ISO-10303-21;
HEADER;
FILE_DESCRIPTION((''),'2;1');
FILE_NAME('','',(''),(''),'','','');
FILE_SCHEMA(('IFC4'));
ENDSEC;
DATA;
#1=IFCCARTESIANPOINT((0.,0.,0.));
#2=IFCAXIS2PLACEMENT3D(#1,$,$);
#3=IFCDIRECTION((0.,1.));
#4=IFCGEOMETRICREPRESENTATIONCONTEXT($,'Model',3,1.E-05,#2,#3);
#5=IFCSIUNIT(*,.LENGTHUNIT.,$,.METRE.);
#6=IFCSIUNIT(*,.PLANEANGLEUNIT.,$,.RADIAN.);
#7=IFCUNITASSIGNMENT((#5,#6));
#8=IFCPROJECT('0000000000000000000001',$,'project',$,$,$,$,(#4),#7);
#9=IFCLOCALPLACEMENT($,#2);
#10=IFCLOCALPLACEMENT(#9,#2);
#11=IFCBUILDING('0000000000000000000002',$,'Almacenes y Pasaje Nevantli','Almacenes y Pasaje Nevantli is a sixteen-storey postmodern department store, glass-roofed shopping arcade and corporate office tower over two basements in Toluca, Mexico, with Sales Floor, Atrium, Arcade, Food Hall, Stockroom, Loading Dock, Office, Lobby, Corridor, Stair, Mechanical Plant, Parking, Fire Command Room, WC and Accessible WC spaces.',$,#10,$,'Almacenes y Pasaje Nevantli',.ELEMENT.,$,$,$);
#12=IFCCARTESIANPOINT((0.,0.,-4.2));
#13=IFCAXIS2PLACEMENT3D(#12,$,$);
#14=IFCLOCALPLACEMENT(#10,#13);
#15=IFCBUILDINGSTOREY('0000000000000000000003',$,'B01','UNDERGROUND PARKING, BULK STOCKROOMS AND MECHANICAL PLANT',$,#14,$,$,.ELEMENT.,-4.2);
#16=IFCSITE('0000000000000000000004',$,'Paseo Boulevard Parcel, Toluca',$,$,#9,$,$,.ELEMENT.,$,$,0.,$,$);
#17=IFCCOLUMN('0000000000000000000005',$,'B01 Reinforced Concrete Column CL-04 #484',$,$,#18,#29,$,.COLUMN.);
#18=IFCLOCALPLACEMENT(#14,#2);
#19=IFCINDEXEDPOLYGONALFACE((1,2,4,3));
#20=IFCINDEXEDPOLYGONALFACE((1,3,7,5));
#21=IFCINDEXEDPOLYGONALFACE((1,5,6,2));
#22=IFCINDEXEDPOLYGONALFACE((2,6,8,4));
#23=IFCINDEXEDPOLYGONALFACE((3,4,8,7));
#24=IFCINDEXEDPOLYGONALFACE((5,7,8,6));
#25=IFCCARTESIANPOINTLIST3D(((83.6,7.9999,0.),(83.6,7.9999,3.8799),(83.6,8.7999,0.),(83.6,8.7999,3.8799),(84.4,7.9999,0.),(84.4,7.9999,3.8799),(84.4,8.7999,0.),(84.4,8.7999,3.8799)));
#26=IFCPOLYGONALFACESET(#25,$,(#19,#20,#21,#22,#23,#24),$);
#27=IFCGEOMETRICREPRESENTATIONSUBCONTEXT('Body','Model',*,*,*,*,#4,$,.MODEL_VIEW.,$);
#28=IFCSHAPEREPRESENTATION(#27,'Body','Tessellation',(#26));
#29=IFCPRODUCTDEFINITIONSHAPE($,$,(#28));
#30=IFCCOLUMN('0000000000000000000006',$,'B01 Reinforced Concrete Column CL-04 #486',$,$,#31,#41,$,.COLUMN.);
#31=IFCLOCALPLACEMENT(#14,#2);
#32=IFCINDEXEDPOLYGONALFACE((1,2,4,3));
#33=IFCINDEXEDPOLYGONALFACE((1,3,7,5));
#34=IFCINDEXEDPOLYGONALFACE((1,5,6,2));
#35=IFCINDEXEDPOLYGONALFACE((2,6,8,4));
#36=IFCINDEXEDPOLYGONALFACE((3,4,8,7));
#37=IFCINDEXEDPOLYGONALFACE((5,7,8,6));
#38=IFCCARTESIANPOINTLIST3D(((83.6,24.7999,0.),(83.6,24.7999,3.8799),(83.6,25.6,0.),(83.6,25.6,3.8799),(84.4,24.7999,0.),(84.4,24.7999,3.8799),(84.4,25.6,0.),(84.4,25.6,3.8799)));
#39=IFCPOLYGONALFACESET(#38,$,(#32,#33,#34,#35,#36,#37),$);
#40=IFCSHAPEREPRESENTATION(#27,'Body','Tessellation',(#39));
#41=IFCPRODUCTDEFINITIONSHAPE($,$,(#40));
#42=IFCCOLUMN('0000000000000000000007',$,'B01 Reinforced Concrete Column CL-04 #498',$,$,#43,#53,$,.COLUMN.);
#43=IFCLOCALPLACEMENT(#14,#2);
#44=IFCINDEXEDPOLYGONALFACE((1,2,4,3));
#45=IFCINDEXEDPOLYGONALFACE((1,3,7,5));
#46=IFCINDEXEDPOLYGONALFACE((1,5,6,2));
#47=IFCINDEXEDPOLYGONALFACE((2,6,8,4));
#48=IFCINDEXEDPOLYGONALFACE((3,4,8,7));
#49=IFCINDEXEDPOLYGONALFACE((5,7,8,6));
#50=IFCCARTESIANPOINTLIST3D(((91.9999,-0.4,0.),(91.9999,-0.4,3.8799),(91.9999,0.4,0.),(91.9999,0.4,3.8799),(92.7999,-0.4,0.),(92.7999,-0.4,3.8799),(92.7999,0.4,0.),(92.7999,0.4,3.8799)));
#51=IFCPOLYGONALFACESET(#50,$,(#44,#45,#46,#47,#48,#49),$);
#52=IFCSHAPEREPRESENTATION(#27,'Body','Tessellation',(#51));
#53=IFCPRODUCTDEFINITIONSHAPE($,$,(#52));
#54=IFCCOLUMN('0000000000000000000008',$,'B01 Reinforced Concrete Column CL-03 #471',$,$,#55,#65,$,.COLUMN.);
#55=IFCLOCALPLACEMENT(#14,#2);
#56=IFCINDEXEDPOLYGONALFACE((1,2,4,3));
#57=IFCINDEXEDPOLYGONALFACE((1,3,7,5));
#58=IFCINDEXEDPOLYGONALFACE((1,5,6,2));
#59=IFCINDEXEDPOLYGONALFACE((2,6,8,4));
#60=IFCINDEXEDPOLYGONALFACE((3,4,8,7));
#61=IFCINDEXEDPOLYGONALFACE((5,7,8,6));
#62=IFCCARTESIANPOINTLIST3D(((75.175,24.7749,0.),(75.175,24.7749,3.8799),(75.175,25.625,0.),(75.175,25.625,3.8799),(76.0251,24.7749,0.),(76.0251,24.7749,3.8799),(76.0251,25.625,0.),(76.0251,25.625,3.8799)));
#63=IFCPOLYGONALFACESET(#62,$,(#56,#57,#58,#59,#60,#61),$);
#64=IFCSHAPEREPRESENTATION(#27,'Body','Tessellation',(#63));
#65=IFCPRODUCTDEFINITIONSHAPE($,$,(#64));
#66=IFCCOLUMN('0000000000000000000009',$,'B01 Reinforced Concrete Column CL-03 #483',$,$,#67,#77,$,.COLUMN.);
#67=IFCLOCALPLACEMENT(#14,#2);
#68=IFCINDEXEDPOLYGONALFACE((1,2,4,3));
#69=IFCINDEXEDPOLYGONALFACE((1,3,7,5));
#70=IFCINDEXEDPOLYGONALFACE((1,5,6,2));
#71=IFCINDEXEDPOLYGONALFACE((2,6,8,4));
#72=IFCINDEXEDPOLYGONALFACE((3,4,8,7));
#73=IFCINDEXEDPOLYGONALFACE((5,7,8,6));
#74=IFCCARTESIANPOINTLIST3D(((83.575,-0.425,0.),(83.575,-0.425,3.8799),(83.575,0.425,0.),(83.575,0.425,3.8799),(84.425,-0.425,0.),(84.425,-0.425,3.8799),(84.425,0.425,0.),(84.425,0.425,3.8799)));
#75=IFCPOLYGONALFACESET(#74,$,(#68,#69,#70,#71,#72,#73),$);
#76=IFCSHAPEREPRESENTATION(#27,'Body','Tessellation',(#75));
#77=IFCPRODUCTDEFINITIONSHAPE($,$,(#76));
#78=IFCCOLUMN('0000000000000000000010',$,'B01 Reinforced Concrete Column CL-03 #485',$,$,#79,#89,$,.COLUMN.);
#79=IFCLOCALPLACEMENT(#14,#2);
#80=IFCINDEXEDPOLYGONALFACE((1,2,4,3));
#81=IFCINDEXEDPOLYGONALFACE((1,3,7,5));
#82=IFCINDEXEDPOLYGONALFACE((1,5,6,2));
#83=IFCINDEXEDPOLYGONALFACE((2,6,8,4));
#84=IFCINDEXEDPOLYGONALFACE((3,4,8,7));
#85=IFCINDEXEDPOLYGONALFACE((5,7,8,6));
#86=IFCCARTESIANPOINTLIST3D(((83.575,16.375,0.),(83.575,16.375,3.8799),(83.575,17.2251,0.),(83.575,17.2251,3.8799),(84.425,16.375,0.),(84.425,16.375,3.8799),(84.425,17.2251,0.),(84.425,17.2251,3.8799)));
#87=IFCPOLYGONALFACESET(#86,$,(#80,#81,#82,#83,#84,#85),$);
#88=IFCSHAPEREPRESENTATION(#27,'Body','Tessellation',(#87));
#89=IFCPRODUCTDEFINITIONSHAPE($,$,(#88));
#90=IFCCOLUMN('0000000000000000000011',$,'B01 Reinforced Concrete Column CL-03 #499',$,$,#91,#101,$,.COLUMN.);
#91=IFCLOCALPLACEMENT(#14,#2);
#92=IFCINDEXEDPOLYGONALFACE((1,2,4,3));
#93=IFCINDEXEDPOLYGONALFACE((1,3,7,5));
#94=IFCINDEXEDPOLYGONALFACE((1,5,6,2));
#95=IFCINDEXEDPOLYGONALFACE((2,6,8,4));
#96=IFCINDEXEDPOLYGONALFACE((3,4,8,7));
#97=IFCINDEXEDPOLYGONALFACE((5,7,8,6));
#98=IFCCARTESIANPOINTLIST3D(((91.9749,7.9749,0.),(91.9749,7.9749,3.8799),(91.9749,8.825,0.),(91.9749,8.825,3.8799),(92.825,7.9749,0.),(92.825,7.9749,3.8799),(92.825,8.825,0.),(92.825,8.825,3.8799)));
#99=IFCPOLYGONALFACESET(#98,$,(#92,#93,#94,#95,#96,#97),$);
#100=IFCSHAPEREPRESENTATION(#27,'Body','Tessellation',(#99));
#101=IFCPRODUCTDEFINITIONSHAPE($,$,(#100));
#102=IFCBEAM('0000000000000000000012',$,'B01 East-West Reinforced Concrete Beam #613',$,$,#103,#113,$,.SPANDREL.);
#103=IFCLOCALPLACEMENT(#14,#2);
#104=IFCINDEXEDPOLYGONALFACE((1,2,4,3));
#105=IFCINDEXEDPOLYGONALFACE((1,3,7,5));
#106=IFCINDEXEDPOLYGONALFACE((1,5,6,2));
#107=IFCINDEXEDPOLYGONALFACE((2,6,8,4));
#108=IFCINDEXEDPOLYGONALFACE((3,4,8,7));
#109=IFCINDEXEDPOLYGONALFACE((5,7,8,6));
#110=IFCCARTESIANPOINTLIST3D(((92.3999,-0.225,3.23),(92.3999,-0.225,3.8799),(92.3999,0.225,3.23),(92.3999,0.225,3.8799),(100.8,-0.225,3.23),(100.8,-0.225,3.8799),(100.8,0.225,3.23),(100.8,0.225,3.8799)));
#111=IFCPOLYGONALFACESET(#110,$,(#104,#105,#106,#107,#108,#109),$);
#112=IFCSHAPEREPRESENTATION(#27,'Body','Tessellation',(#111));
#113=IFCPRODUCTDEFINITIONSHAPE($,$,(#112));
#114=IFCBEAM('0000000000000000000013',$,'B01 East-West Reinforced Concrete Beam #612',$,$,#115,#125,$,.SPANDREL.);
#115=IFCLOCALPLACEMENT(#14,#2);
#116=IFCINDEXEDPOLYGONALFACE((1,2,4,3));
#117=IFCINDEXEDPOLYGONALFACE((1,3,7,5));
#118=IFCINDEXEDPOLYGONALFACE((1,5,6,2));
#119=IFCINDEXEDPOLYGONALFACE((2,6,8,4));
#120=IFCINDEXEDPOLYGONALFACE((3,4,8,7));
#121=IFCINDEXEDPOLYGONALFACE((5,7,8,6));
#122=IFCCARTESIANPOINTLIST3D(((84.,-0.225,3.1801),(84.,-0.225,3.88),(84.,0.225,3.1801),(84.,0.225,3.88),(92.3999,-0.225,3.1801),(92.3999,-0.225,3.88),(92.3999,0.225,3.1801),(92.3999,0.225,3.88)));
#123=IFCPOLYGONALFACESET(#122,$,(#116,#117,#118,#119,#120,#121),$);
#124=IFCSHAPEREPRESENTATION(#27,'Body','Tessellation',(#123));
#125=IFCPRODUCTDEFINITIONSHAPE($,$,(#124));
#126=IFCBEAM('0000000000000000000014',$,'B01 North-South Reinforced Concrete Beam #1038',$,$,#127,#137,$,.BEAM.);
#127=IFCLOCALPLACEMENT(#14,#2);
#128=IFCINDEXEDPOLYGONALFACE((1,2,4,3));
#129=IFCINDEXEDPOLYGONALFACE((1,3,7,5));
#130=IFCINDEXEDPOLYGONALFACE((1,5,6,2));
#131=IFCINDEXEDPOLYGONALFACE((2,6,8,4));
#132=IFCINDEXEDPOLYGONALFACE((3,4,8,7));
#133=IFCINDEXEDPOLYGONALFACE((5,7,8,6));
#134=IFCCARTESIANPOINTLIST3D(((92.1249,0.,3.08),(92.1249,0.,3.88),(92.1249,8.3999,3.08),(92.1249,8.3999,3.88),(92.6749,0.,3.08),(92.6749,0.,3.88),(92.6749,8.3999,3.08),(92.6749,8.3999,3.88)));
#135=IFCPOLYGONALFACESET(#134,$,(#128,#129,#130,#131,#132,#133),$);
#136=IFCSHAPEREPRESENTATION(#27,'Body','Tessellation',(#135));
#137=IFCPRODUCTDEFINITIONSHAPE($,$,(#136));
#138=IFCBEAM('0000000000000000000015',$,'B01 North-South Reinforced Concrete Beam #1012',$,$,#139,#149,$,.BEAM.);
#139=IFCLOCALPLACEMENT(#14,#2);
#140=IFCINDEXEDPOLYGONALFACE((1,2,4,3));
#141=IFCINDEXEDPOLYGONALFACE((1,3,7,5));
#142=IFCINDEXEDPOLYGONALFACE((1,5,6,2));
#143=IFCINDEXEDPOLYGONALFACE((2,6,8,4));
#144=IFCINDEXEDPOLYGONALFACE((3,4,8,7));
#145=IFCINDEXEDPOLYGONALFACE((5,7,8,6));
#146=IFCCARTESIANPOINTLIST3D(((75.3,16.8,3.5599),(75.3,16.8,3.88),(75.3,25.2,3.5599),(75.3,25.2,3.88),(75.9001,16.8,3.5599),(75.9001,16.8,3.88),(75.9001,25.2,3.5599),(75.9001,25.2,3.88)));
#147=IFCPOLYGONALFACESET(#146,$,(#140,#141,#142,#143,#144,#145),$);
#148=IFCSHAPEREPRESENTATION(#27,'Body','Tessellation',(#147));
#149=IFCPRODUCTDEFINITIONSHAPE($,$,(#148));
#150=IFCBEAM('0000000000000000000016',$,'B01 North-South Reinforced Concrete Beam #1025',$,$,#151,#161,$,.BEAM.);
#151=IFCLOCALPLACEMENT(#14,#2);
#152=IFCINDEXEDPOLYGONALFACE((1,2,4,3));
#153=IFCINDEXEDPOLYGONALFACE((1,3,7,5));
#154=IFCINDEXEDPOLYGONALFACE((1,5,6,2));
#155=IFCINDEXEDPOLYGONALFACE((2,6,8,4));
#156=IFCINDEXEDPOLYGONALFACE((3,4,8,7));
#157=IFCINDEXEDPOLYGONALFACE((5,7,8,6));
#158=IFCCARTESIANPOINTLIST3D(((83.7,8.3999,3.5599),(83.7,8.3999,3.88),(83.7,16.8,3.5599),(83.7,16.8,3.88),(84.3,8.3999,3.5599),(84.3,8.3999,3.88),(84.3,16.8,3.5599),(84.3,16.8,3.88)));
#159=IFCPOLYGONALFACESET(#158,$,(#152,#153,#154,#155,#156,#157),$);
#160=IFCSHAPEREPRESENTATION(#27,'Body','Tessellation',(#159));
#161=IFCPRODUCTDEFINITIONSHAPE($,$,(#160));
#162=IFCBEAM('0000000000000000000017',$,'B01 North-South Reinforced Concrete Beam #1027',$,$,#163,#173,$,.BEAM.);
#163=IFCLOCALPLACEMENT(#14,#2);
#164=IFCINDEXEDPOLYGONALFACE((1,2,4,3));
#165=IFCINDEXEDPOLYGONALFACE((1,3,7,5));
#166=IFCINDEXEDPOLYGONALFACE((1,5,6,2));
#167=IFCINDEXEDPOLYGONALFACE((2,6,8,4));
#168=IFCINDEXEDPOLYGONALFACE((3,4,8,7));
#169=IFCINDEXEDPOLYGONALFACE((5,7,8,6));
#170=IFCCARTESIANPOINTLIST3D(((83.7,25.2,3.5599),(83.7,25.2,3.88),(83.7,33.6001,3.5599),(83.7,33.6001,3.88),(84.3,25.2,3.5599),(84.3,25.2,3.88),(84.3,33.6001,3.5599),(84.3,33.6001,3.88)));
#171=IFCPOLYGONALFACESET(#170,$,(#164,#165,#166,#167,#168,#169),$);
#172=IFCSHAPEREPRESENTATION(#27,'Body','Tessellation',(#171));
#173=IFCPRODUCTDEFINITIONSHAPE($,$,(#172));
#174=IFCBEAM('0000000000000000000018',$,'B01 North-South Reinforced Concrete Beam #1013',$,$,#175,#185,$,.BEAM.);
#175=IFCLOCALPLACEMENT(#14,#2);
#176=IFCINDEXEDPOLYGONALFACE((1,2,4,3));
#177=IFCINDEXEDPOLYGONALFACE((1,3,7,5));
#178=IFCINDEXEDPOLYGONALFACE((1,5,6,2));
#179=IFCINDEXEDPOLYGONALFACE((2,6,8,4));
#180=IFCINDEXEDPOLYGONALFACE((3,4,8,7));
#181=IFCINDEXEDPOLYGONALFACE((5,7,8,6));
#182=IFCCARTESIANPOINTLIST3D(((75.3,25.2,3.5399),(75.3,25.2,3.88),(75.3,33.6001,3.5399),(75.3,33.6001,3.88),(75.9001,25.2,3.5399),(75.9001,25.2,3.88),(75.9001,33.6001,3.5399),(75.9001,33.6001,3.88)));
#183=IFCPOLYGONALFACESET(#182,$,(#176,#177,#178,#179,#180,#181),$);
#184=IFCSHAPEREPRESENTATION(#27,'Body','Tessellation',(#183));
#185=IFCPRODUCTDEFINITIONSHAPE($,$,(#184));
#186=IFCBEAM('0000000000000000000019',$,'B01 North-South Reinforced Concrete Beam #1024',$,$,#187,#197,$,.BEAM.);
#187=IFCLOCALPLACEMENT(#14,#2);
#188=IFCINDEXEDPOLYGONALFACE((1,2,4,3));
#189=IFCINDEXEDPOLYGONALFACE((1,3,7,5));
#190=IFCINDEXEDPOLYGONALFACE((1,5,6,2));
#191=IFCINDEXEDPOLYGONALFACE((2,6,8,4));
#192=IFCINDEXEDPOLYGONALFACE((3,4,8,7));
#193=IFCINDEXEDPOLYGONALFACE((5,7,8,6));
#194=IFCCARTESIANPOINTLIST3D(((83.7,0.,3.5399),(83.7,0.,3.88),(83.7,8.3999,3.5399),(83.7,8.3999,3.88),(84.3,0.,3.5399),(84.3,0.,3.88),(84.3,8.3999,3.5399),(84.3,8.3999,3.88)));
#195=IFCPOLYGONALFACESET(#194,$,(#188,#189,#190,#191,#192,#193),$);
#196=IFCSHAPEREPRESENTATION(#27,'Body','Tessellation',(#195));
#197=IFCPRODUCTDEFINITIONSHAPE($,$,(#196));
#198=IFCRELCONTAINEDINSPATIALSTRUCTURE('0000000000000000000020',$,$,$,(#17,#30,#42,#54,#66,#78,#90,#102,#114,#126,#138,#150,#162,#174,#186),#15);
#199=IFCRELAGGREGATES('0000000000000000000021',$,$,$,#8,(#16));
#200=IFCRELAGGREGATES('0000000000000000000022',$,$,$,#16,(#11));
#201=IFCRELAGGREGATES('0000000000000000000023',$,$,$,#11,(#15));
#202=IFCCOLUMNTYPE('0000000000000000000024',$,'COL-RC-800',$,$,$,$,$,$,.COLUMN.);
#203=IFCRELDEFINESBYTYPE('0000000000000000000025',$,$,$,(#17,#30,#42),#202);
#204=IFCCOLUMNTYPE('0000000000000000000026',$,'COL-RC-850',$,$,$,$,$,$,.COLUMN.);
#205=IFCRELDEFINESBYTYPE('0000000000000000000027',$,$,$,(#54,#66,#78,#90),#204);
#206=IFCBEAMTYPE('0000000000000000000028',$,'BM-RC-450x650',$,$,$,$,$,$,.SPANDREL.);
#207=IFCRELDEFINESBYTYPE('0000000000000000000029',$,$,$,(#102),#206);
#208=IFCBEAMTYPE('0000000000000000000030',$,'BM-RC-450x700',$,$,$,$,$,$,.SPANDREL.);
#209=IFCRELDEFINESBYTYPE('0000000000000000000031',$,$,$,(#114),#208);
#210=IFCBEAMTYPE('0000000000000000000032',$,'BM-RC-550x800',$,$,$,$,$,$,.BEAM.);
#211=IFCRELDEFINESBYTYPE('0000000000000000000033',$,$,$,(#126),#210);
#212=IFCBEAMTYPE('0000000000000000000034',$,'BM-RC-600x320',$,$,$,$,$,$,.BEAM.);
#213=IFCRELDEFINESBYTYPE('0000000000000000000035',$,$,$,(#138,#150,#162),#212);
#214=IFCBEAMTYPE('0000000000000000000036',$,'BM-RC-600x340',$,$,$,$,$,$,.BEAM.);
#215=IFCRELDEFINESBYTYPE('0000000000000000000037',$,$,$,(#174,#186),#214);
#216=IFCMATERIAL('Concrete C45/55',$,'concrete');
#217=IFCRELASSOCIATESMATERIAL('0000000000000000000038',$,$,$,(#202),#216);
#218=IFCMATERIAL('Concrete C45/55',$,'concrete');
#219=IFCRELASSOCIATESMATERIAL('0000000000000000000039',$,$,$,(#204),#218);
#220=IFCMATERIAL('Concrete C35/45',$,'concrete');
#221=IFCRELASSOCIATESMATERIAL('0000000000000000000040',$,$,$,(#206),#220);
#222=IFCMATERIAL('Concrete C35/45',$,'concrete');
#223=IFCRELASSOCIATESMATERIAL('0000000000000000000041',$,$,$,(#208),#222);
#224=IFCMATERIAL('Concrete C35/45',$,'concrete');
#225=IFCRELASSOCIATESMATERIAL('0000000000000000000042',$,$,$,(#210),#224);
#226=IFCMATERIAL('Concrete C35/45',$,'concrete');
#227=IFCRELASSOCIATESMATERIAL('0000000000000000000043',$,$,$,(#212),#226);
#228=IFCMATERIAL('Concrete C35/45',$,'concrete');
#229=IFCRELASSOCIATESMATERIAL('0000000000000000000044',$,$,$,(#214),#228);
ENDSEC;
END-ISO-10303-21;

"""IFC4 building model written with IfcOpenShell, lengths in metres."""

from ifc_helpers import new_model, si_unit, direction, frame, origin, origin_2d, place, context, subcontext, project, spatial, rectangle, extrude, material, material_profile, profile_set, type_object, element, save


model = new_model("IFC4")

# Units and contexts
model_context = context("Model", 3, precision=1e-05, world=origin(), true_north=direction((0.0, 1.0)))
body_context = subcontext(model_context, "Body", "Model", "MODEL_VIEW")
ifc_project = project(units=[si_unit("LENGTHUNIT", "METRE"), si_unit("PLANEANGLEUNIT", "RADIAN")], contexts=[model_context])

# Site, building, storey
site_placement = place(None, origin())
site = spatial("IfcSite", under=ifc_project, at=site_placement, Name="Paseo Boulevard Parcel, Toluca", CompositionType="ELEMENT", RefElevation=0.0)
building_placement = place(site_placement, origin())
building = spatial("IfcBuilding", under=site, at=building_placement, Name="Almacenes y Pasaje Nevantli", Description="Almacenes y Pasaje Nevantli is a sixteen-storey postmodern department store, glass-roofed shopping arcade and corporate office tower over two basements in Toluca, Mexico, with Sales Floor, Atrium, Arcade, Food Hall, Stockroom, Loading Dock, Office, Lobby, Corridor, Stair, Mechanical Plant, Parking, Fire Command Room, WC and Accessible WC spaces.", LongName="Almacenes y Pasaje Nevantli", CompositionType="ELEMENT")
storey_placement = place(building_placement, frame((0.0, 0.0, -4.2)))
storey = spatial("IfcBuildingStorey", under=building, at=storey_placement, Name="B01", Description="UNDERGROUND PARKING, BULK STOCKROOMS AND MECHANICAL PLANT", CompositionType="ELEMENT", Elevation=-4.2)

# Columns
ifc_material_1 = material(Name="Concrete C45/55", Category="concrete")
ifc_material_profile_1 = material_profile(ifc_material_1, rectangle(XDim=0.8, YDim=0.8, at=origin_2d()), Name="RC-COL-800x800")
ifc_profile_set_1 = profile_set([ifc_material_profile_1], Name="Concrete C45/55")
column_type_1 = type_object("IfcColumnType", Name="COL-RC-800", PredefinedType="COLUMN", material=ifc_profile_set_1)
for number, where, z_axis, x_axis, name in (
    (1, (84.0, 8.3999, 0.0), (0.0, 0.0, 1.0), (1.0, 0.0, 0.0), "B01 Reinforced Concrete Column CL-04 #484"),
    (2, (84.0, 25.2, 0.0), (0.0, 0.0, 1.0), (1.0, 0.0, 0.0), "B01 Reinforced Concrete Column CL-04 #486"),
    (3, (92.3999, 0.0, 0.0), (0.0, 0.0, 1.0), (1.0, 0.0, 0.0), "B01 Reinforced Concrete Column CL-04 #498"),
):
    element("IfcColumn", number, at=place(storey_placement, frame(where, z_axis=z_axis, x_axis=x_axis)), inside=storey, type_object=column_type_1, Name=name, PredefinedType="COLUMN", context=body_context, shape_type="SweptSolid", body=[
        extrude(rectangle(XDim=0.8, YDim=0.8, at=origin_2d()), origin(), (0.0, 0.0, 1.0), 3.8799),
    ])
ifc_material_2 = material(Name="Concrete C45/55", Category="concrete")
ifc_material_profile_2 = material_profile(ifc_material_2, rectangle(XDim=0.8501, YDim=0.8501, at=origin_2d()), Name="RC-COL-850x850")
ifc_profile_set_2 = profile_set([ifc_material_profile_2], Name="Concrete C45/55")
column_type_2 = type_object("IfcColumnType", Name="COL-RC-850", PredefinedType="COLUMN", material=ifc_profile_set_2)
for number, where, z_axis, x_axis, name in (
    (4, (75.6001, 25.2, 0.0), (0.0, 0.0, 1.0), (1.0, 0.0, 0.0), "B01 Reinforced Concrete Column CL-03 #471"),
    (5, (84.0, 0.0, 0.0), (0.0, 0.0, 1.0), (1.0, 0.0, 0.0), "B01 Reinforced Concrete Column CL-03 #483"),
    (6, (84.0, 16.8, 0.0), (0.0, 0.0, 1.0), (1.0, 0.0, 0.0), "B01 Reinforced Concrete Column CL-03 #485"),
    (7, (92.3999, 8.3999, 0.0), (0.0, 0.0, 1.0), (1.0, 0.0, 0.0), "B01 Reinforced Concrete Column CL-03 #499"),
):
    element("IfcColumn", number, at=place(storey_placement, frame(where, z_axis=z_axis, x_axis=x_axis)), inside=storey, type_object=column_type_2, Name=name, PredefinedType="COLUMN", context=body_context, shape_type="SweptSolid", body=[
        extrude(rectangle(XDim=0.8501, YDim=0.8501, at=origin_2d()), origin(), (0.0, 0.0, 1.0), 3.8799),
    ])

# Beams
ifc_material_3 = material(Name="Concrete C35/45", Category="concrete")
ifc_material_profile_3 = material_profile(ifc_material_3, rectangle(XDim=0.45, YDim=0.6499, at=origin_2d()), Name="RC-BM-450x650")
ifc_profile_set_3 = profile_set([ifc_material_profile_3], Name="Concrete C35/45")
beam_type_1 = type_object("IfcBeamType", Name="BM-RC-450x650", PredefinedType="SPANDREL", material=ifc_profile_set_3)
beam_1_placement = place(storey_placement, frame((92.3999, 0.0, 3.5549), z_axis=(1.0, 0.0, 0.0), x_axis=(0.0, 1.0, 0.0)))
element("IfcBeam", 8, at=beam_1_placement, inside=storey, type_object=beam_type_1, Name="B01 East-West Reinforced Concrete Beam #613", PredefinedType="SPANDREL", context=body_context, shape_type="SweptSolid", body=[
    extrude(rectangle(XDim=0.45, YDim=0.6499, at=origin_2d()), origin(), (0.0, 0.0, 1.0), 8.4001),
])
ifc_material_4 = material(Name="Concrete C35/45", Category="concrete")
ifc_material_profile_4 = material_profile(ifc_material_4, rectangle(XDim=0.45, YDim=0.7, at=origin_2d()), Name="RC-BM-450x700")
ifc_profile_set_4 = profile_set([ifc_material_profile_4], Name="Concrete C35/45")
beam_type_2 = type_object("IfcBeamType", Name="BM-RC-450x700", PredefinedType="SPANDREL", material=ifc_profile_set_4)
beam_2_placement = place(storey_placement, frame((84.0, 0.0, 3.53), z_axis=(1.0, 0.0, 0.0), x_axis=(0.0, 1.0, 0.0)))
element("IfcBeam", 9, at=beam_2_placement, inside=storey, type_object=beam_type_2, Name="B01 East-West Reinforced Concrete Beam #612", PredefinedType="SPANDREL", context=body_context, shape_type="SweptSolid", body=[
    extrude(rectangle(XDim=0.45, YDim=0.7, at=origin_2d()), origin(), (0.0, 0.0, 1.0), 8.3999),
])
ifc_material_5 = material(Name="Concrete C35/45", Category="concrete")
ifc_material_profile_5 = material_profile(ifc_material_5, rectangle(XDim=0.55, YDim=0.8, at=origin_2d()), Name="RC-BM-550x800")
ifc_profile_set_5 = profile_set([ifc_material_profile_5], Name="Concrete C35/45")
beam_type_3 = type_object("IfcBeamType", Name="BM-RC-550x800", PredefinedType="BEAM", material=ifc_profile_set_5)
beam_3_placement = place(storey_placement, frame((92.3999, 0.0, 3.48), z_axis=(0.0, 1.0, 0.0), x_axis=(-1.0, 0.0, 0.0)))
element("IfcBeam", 10, at=beam_3_placement, inside=storey, type_object=beam_type_3, Name="B01 North-South Reinforced Concrete Beam #1038", PredefinedType="BEAM", context=body_context, shape_type="SweptSolid", body=[
    extrude(rectangle(XDim=0.55, YDim=0.8, at=origin_2d()), origin(), (0.0, 0.0, 1.0), 8.3999),
])
ifc_material_6 = material(Name="Concrete C35/45", Category="concrete")
ifc_material_profile_6 = material_profile(ifc_material_6, rectangle(XDim=0.6001, YDim=0.3201, at=origin_2d()), Name="RC-BM-600x320")
ifc_profile_set_6 = profile_set([ifc_material_profile_6], Name="Concrete C35/45")
beam_type_4 = type_object("IfcBeamType", Name="BM-RC-600x320", PredefinedType="BEAM", material=ifc_profile_set_6)
beam_4_placement = place(storey_placement, frame((75.6001, 16.8, 3.72), z_axis=(0.0, 1.0, 0.0), x_axis=(-1.0, 0.0, 0.0)))
element("IfcBeam", 11, at=beam_4_placement, inside=storey, type_object=beam_type_4, Name="B01 North-South Reinforced Concrete Beam #1012", PredefinedType="BEAM", context=body_context, shape_type="SweptSolid", body=[
    extrude(rectangle(XDim=0.6001, YDim=0.3201, at=origin_2d()), origin(), (0.0, 0.0, 1.0), 8.3999),
])
for number, where, z_axis, x_axis, name in (
    (12, (84.0, 8.3999, 3.72), (0.0, 1.0, 0.0), (-1.0, 0.0, 0.0), "B01 North-South Reinforced Concrete Beam #1025"),
    (13, (84.0, 25.2, 3.72), (0.0, 1.0, 0.0), (-1.0, 0.0, 0.0), "B01 North-South Reinforced Concrete Beam #1027"),
):
    element("IfcBeam", number, at=place(storey_placement, frame(where, z_axis=z_axis, x_axis=x_axis)), inside=storey, type_object=beam_type_4, Name=name, PredefinedType="BEAM", context=body_context, shape_type="SweptSolid", body=[
        extrude(rectangle(XDim=0.6001, YDim=0.3201, at=origin_2d()), origin(), (0.0, 0.0, 1.0), 8.4001),
    ])
ifc_material_7 = material(Name="Concrete C35/45", Category="concrete")
ifc_material_profile_7 = material_profile(ifc_material_7, rectangle(XDim=0.6001, YDim=0.3401, at=origin_2d()), Name="RC-BM-600x340")
ifc_profile_set_7 = profile_set([ifc_material_profile_7], Name="Concrete C35/45")
beam_type_5 = type_object("IfcBeamType", Name="BM-RC-600x340", PredefinedType="BEAM", material=ifc_profile_set_7)
beam_5_placement = place(storey_placement, frame((75.6001, 25.2, 3.71), z_axis=(0.0, 1.0, 0.0), x_axis=(-1.0, 0.0, 0.0)))
element("IfcBeam", 14, at=beam_5_placement, inside=storey, type_object=beam_type_5, Name="B01 North-South Reinforced Concrete Beam #1013", PredefinedType="BEAM", context=body_context, shape_type="SweptSolid", body=[
    extrude(rectangle(XDim=0.6001, YDim=0.3401, at=origin_2d()), origin(), (0.0, 0.0, 1.0), 8.4001),
])
for number, where, z_axis, x_axis, name in (
    (15, (84.0, 0.0, 3.71), (0.0, 1.0, 0.0), (-1.0, 0.0, 0.0), "B01 North-South Reinforced Concrete Beam #1024"),
):
    element("IfcBeam", number, at=place(storey_placement, frame(where, z_axis=z_axis, x_axis=x_axis)), inside=storey, type_object=beam_type_5, Name=name, PredefinedType="BEAM", context=body_context, shape_type="SweptSolid", body=[
        extrude(rectangle(XDim=0.6001, YDim=0.3401, at=origin_2d()), origin(), (0.0, 0.0, 1.0), 8.3999),
    ])

save(model, "model.ifc")
